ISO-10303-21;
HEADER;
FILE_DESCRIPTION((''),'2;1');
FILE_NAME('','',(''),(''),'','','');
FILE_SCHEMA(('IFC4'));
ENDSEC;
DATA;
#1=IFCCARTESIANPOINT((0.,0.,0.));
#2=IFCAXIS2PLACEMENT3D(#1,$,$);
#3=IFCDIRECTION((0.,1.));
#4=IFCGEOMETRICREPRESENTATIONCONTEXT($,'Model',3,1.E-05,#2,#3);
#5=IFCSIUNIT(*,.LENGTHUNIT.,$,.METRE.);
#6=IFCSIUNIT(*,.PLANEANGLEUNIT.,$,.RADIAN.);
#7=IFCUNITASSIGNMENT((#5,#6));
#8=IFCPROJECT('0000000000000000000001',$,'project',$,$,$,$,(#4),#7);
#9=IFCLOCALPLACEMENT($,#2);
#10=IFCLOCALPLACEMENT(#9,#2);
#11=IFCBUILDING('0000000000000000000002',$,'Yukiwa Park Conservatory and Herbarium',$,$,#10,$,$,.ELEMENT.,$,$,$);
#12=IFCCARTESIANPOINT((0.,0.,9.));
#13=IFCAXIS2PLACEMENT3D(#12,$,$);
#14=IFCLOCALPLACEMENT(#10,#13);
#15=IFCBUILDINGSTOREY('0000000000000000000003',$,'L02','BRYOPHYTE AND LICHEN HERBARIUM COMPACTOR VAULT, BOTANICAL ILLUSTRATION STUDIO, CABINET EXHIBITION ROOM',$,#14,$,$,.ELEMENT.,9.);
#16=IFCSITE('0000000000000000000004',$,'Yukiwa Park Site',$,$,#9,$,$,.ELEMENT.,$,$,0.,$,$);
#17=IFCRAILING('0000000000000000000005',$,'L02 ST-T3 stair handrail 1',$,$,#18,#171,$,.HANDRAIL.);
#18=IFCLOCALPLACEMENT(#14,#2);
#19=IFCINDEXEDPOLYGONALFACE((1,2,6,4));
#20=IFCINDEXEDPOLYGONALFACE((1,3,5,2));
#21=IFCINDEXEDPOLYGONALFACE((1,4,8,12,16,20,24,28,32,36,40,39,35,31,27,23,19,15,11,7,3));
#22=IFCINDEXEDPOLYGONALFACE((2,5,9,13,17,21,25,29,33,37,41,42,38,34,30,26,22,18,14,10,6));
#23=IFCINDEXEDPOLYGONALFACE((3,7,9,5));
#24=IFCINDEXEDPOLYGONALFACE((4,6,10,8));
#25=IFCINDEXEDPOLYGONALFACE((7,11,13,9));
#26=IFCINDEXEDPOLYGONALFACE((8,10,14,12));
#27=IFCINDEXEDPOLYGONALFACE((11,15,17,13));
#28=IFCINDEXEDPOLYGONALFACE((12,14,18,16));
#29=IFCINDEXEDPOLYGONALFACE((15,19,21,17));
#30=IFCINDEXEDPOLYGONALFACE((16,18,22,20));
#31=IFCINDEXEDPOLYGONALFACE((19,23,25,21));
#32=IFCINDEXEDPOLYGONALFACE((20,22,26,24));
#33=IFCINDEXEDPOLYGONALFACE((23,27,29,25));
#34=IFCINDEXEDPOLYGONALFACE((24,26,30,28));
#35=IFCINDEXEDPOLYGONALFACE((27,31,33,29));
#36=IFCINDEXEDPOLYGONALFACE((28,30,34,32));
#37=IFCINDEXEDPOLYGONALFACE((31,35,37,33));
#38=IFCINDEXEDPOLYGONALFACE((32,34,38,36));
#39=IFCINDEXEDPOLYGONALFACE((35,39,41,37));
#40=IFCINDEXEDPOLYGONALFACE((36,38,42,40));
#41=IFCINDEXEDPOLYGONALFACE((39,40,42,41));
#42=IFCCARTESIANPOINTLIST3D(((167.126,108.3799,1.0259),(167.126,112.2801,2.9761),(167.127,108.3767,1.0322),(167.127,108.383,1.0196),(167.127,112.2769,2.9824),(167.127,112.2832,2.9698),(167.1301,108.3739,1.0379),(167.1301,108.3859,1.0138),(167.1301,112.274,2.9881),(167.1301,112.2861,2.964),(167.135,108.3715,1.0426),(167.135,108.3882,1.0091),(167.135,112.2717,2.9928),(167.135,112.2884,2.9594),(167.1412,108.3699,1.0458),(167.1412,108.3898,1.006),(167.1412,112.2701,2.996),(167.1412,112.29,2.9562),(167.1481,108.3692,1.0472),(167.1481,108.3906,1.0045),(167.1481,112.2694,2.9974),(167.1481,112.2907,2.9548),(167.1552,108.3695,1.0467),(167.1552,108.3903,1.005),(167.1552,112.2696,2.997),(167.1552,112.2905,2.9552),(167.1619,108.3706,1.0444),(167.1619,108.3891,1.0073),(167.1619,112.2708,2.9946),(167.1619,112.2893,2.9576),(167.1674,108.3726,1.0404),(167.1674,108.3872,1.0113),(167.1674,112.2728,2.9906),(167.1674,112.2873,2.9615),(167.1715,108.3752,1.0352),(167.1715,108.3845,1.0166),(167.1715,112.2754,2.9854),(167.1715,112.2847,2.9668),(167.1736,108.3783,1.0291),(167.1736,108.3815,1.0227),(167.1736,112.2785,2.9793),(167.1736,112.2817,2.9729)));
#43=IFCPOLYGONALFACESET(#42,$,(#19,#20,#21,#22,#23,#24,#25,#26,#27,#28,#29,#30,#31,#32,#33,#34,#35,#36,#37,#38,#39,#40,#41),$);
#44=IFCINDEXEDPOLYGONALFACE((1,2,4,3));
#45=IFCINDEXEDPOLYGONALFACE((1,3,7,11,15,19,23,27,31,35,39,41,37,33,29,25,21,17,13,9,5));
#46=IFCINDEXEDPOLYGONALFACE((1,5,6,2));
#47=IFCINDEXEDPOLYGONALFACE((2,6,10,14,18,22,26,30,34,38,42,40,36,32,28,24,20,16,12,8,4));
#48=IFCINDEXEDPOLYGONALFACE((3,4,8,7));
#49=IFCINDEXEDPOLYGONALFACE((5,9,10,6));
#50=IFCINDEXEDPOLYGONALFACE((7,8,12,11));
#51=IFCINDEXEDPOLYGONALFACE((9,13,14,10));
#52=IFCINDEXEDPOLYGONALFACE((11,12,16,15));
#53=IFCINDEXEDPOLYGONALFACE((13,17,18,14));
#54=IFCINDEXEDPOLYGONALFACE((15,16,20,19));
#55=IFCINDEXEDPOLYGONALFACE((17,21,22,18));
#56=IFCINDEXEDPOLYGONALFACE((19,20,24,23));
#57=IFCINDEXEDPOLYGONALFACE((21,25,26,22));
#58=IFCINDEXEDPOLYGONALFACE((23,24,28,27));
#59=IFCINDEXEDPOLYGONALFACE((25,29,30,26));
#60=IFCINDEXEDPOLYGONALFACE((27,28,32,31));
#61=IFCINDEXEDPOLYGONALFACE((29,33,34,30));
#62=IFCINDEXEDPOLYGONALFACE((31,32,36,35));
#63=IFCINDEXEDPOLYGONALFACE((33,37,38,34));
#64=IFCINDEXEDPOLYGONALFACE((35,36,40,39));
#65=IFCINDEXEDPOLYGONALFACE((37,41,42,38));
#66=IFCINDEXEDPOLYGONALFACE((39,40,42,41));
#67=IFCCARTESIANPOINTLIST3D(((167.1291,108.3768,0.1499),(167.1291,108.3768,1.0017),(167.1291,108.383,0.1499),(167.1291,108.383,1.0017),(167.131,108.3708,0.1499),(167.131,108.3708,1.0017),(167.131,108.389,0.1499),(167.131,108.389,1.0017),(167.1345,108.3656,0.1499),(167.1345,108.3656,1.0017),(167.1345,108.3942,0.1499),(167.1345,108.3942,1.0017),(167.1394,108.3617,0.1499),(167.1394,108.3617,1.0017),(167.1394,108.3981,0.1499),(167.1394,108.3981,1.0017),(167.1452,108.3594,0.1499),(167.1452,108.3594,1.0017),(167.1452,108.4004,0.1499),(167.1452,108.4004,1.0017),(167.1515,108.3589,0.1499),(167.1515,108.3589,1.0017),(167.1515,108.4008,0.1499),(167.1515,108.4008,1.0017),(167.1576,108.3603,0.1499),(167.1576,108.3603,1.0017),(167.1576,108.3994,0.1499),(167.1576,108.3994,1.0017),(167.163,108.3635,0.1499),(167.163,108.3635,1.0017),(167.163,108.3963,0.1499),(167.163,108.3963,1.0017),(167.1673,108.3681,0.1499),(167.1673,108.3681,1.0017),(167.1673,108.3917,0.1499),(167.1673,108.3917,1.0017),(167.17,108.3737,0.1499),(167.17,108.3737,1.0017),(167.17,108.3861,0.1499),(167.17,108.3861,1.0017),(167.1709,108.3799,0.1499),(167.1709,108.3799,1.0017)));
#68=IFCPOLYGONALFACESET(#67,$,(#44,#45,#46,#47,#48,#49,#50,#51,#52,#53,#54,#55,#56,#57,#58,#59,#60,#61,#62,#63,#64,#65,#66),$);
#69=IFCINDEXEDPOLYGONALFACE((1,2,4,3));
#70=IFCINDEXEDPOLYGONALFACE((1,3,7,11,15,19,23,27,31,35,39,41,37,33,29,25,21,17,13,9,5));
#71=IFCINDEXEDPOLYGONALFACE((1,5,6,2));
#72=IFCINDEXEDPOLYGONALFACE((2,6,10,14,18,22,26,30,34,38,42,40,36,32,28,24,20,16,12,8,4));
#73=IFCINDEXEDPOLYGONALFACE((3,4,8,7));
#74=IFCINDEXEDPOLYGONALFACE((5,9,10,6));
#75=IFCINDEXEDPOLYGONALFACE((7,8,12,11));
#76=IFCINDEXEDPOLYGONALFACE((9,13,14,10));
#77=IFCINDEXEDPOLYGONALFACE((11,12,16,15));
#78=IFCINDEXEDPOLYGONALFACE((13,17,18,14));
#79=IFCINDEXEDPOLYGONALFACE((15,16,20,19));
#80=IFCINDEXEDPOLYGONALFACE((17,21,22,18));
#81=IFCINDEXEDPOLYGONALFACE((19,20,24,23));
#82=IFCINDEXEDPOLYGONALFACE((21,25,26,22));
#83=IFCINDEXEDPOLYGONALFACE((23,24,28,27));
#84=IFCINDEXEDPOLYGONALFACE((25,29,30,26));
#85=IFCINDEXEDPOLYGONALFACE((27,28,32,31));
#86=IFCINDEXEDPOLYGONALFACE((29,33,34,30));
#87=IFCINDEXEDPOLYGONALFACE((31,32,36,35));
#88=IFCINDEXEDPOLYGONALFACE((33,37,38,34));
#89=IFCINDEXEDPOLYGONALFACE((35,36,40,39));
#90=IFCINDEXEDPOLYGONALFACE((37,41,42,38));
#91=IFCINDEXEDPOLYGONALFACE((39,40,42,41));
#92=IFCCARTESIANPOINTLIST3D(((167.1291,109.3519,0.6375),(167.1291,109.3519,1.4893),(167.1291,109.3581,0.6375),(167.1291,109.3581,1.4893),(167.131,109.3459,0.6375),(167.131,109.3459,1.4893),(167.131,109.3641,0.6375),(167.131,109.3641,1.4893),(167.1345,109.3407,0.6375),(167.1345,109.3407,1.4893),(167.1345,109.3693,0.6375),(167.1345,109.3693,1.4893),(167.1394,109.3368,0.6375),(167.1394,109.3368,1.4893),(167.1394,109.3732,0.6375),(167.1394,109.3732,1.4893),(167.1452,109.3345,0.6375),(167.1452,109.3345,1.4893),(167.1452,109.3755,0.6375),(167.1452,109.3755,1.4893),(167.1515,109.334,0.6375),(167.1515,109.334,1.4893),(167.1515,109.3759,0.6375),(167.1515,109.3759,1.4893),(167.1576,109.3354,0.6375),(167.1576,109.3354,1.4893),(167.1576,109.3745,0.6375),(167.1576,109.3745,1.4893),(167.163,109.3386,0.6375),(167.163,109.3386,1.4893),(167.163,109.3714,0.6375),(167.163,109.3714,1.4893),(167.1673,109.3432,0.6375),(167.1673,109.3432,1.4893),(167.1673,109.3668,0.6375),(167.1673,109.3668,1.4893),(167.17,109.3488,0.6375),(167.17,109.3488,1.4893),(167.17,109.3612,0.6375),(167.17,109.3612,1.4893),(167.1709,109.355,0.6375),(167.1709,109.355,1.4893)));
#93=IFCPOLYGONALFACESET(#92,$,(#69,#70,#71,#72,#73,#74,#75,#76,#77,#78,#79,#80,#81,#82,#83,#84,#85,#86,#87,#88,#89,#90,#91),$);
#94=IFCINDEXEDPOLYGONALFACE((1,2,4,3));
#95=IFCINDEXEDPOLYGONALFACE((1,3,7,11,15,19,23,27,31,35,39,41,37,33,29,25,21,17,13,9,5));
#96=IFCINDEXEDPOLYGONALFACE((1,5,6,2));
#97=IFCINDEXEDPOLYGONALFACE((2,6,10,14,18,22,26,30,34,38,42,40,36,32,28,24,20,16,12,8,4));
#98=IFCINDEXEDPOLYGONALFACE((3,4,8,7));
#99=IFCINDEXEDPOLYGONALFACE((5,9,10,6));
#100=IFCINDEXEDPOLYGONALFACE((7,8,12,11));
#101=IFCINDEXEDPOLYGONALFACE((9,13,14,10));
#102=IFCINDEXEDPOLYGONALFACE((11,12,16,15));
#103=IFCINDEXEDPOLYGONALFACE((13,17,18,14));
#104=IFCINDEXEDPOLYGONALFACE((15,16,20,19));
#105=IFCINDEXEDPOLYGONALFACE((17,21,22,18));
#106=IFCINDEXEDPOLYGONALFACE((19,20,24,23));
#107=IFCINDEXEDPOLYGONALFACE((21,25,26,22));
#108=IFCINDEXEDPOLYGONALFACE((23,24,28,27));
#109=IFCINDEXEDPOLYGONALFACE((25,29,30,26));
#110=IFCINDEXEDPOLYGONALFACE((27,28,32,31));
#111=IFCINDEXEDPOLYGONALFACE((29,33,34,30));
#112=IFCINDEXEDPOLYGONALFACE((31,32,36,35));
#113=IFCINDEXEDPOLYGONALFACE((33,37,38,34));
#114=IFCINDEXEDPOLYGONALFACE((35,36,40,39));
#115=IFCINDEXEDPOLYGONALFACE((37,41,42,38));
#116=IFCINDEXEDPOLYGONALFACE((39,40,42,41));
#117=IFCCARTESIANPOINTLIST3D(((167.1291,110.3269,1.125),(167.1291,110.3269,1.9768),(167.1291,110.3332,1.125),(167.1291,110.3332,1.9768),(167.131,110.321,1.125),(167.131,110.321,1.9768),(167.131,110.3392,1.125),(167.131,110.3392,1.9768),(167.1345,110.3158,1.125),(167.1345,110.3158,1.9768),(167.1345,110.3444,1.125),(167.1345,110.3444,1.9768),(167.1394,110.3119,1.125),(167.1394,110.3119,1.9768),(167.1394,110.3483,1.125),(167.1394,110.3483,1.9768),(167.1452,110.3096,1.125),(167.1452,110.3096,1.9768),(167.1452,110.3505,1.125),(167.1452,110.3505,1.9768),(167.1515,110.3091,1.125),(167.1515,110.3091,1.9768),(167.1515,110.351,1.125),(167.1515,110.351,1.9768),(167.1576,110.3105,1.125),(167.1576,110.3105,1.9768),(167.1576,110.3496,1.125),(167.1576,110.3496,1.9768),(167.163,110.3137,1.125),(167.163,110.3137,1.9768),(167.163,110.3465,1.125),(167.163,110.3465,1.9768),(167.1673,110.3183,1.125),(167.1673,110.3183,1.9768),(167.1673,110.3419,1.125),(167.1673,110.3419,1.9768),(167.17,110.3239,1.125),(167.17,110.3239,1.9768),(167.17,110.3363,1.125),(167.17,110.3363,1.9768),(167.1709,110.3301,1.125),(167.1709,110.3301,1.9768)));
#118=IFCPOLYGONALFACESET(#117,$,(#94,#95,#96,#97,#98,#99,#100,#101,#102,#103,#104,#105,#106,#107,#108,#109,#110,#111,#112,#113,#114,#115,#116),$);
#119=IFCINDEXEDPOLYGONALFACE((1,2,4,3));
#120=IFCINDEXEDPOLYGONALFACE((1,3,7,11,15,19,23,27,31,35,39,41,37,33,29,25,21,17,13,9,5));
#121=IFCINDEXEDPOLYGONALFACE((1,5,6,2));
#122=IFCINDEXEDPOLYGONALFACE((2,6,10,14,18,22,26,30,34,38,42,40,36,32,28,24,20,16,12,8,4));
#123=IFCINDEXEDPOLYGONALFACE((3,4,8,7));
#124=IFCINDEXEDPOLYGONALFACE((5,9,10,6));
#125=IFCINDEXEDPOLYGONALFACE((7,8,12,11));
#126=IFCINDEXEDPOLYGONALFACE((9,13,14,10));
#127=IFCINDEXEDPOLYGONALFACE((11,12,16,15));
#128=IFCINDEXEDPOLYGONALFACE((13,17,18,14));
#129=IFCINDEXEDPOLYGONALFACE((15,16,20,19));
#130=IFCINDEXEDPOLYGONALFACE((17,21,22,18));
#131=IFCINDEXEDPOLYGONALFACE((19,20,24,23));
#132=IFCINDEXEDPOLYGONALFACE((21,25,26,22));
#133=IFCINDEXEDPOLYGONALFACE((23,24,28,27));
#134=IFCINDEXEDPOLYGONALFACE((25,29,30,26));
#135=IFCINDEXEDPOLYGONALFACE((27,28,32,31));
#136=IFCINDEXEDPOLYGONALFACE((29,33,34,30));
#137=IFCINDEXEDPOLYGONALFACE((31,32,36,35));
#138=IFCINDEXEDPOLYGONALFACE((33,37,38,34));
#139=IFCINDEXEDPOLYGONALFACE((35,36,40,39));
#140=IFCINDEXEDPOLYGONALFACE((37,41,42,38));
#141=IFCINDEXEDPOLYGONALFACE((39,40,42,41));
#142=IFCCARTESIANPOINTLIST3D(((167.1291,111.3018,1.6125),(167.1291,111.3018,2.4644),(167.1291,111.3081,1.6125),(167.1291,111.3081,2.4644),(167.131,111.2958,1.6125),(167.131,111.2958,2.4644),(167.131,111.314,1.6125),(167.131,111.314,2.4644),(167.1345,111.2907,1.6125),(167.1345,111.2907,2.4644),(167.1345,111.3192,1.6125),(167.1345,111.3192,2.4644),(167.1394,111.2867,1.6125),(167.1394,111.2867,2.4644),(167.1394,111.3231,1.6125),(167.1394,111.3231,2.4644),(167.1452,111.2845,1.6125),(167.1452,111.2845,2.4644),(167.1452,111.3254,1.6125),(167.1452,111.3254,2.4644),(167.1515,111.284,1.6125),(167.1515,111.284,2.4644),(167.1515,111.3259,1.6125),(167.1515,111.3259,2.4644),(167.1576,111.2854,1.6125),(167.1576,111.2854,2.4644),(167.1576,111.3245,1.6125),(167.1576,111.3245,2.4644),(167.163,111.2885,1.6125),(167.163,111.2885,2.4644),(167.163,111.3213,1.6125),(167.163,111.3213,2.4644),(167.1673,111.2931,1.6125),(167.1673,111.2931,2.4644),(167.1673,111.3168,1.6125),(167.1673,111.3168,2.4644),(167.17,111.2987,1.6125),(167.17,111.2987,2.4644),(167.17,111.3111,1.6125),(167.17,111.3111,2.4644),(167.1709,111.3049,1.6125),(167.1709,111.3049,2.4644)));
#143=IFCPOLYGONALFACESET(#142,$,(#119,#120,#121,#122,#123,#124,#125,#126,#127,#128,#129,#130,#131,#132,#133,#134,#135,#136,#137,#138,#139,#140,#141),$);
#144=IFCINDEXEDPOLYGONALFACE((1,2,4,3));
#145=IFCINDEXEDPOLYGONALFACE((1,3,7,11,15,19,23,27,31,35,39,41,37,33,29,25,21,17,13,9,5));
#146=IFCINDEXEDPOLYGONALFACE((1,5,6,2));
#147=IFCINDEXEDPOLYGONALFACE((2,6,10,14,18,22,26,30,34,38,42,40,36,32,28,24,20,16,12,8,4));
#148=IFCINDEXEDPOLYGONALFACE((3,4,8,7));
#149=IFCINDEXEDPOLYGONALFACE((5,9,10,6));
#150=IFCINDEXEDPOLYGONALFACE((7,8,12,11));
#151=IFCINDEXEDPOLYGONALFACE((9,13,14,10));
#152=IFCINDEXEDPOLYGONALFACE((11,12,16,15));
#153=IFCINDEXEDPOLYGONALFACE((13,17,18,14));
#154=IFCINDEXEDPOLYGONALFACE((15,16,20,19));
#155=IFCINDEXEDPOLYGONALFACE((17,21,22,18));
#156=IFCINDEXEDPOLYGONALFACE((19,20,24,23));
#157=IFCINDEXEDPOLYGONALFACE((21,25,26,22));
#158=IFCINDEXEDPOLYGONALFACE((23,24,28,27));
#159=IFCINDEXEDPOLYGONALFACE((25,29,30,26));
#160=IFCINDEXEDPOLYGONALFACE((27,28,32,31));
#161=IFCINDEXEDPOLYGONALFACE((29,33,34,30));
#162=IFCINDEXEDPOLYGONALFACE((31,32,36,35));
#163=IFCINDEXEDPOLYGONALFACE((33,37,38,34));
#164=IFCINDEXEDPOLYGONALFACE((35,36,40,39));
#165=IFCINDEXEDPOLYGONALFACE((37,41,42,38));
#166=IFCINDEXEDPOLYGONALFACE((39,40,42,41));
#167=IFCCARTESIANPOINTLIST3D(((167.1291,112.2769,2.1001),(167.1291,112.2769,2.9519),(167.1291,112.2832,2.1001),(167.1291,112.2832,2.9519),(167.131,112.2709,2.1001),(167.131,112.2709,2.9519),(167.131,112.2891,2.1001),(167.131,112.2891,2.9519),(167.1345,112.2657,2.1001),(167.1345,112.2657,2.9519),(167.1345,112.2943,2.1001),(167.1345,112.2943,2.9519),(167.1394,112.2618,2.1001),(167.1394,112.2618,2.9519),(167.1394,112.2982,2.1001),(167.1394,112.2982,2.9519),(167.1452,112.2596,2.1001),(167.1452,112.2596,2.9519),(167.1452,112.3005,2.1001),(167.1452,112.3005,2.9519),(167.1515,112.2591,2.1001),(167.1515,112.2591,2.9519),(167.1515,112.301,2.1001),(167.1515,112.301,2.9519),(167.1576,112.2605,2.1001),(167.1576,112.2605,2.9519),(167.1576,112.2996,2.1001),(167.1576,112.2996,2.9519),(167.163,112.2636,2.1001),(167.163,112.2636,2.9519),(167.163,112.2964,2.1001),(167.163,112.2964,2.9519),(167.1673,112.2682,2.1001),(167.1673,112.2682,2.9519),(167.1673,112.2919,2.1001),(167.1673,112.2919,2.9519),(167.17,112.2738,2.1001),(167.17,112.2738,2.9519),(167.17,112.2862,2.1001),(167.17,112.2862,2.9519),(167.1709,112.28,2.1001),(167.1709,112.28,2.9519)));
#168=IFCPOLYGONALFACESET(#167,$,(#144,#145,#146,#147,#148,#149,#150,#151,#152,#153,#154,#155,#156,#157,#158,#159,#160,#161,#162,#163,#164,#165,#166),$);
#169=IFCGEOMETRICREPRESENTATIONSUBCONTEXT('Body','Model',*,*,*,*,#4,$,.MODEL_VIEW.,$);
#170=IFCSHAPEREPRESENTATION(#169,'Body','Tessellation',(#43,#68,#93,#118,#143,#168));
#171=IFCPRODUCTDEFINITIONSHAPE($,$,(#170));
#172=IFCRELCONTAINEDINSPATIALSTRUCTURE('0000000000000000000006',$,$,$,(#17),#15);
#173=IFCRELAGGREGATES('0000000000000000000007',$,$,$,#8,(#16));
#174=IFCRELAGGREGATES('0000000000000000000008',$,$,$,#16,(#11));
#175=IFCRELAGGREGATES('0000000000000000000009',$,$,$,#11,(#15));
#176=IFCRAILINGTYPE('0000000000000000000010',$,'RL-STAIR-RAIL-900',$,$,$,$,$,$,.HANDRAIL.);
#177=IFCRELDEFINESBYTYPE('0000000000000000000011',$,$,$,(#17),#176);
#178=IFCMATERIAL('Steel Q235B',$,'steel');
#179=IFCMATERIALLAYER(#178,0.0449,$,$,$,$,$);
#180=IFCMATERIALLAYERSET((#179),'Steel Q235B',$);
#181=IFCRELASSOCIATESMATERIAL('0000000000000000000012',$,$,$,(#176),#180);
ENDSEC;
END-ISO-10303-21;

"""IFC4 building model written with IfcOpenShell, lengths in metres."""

from ifc_helpers import new_model, si_unit, direction, frame, origin, origin_2d, place, context, subcontext, project, spatial, circle, extrude, material, layer, layer_set, type_object, element, save


model = new_model("IFC4")

# Units and contexts
model_context = context("Model", 3, precision=1e-05, world=origin(), true_north=direction((0.0, 1.0)))
body_context = subcontext(model_context, "Body", "Model", "MODEL_VIEW")
ifc_project = project(units=[si_unit("LENGTHUNIT", "METRE"), si_unit("PLANEANGLEUNIT", "RADIAN")], contexts=[model_context])

# Site, building, storey
site_placement = place(None, origin())
site = spatial("IfcSite", under=ifc_project, at=site_placement, Name="Yukiwa Park Site", CompositionType="ELEMENT", RefElevation=0.0)
building_placement = place(site_placement, origin())
building = spatial("IfcBuilding", under=site, at=building_placement, Name="Yukiwa Park Conservatory and Herbarium", CompositionType="ELEMENT")
storey_placement = place(building_placement, frame((0.0, 0.0, 9.0)))
storey = spatial("IfcBuildingStorey", under=building, at=storey_placement, Name="L02", Description="BRYOPHYTE AND LICHEN HERBARIUM COMPACTOR VAULT, BOTANICAL ILLUSTRATION STUDIO, CABINET EXHIBITION ROOM", CompositionType="ELEMENT", Elevation=9.0)

# Railing
ifc_material_1 = material(Name="Steel Q235B", Category="steel")
ifc_layer_1 = layer(ifc_material_1, 0.0449)
ifc_layer_set_1 = layer_set([ifc_layer_1], Name="Steel Q235B")
railing_type_1 = type_object("IfcRailingType", Name="RL-STAIR-RAIL-900", PredefinedType="HANDRAIL", material=ifc_layer_set_1)
railing_1_placement = place(storey_placement, frame((167.1499, 108.3799, 0.1499)))
element("IfcRailing", 1, at=railing_1_placement, inside=storey, type_object=railing_type_1, Name="L02 ST-T3 stair handrail 1", PredefinedType="HANDRAIL", context=body_context, shape_type="SweptSolid", body=[
    extrude(circle(Radius=0.0239, at=origin_2d()), frame((0.0, 0.0, 0.876), z_axis=(0.0, 0.894416, 0.447236), x_axis=(-1.0, 0.0, 0.0)), (0.0, 0.0, 1.0), 4.3606),
    extrude(circle(Radius=0.021, at=origin_2d()), origin(), (0.0, 0.0, 1.0), 0.8518),
    extrude(circle(Radius=0.021, at=origin_2d()), frame((0.0, 0.9751, 0.4875)), (0.0, 0.0, 1.0), 0.8518),
    extrude(circle(Radius=0.021, at=origin_2d()), frame((0.0, 1.9502, 0.9751)), (0.0, 0.0, 1.0), 0.8518),
    extrude(circle(Radius=0.021, at=origin_2d()), frame((0.0, 2.925, 1.4626)), (0.0, 0.0, 1.0), 0.8518),
    extrude(circle(Radius=0.021, at=origin_2d()), frame((0.0, 3.9001, 1.9502)), (0.0, 0.0, 1.0), 0.8518),
])

save(model, "model.ifc")
